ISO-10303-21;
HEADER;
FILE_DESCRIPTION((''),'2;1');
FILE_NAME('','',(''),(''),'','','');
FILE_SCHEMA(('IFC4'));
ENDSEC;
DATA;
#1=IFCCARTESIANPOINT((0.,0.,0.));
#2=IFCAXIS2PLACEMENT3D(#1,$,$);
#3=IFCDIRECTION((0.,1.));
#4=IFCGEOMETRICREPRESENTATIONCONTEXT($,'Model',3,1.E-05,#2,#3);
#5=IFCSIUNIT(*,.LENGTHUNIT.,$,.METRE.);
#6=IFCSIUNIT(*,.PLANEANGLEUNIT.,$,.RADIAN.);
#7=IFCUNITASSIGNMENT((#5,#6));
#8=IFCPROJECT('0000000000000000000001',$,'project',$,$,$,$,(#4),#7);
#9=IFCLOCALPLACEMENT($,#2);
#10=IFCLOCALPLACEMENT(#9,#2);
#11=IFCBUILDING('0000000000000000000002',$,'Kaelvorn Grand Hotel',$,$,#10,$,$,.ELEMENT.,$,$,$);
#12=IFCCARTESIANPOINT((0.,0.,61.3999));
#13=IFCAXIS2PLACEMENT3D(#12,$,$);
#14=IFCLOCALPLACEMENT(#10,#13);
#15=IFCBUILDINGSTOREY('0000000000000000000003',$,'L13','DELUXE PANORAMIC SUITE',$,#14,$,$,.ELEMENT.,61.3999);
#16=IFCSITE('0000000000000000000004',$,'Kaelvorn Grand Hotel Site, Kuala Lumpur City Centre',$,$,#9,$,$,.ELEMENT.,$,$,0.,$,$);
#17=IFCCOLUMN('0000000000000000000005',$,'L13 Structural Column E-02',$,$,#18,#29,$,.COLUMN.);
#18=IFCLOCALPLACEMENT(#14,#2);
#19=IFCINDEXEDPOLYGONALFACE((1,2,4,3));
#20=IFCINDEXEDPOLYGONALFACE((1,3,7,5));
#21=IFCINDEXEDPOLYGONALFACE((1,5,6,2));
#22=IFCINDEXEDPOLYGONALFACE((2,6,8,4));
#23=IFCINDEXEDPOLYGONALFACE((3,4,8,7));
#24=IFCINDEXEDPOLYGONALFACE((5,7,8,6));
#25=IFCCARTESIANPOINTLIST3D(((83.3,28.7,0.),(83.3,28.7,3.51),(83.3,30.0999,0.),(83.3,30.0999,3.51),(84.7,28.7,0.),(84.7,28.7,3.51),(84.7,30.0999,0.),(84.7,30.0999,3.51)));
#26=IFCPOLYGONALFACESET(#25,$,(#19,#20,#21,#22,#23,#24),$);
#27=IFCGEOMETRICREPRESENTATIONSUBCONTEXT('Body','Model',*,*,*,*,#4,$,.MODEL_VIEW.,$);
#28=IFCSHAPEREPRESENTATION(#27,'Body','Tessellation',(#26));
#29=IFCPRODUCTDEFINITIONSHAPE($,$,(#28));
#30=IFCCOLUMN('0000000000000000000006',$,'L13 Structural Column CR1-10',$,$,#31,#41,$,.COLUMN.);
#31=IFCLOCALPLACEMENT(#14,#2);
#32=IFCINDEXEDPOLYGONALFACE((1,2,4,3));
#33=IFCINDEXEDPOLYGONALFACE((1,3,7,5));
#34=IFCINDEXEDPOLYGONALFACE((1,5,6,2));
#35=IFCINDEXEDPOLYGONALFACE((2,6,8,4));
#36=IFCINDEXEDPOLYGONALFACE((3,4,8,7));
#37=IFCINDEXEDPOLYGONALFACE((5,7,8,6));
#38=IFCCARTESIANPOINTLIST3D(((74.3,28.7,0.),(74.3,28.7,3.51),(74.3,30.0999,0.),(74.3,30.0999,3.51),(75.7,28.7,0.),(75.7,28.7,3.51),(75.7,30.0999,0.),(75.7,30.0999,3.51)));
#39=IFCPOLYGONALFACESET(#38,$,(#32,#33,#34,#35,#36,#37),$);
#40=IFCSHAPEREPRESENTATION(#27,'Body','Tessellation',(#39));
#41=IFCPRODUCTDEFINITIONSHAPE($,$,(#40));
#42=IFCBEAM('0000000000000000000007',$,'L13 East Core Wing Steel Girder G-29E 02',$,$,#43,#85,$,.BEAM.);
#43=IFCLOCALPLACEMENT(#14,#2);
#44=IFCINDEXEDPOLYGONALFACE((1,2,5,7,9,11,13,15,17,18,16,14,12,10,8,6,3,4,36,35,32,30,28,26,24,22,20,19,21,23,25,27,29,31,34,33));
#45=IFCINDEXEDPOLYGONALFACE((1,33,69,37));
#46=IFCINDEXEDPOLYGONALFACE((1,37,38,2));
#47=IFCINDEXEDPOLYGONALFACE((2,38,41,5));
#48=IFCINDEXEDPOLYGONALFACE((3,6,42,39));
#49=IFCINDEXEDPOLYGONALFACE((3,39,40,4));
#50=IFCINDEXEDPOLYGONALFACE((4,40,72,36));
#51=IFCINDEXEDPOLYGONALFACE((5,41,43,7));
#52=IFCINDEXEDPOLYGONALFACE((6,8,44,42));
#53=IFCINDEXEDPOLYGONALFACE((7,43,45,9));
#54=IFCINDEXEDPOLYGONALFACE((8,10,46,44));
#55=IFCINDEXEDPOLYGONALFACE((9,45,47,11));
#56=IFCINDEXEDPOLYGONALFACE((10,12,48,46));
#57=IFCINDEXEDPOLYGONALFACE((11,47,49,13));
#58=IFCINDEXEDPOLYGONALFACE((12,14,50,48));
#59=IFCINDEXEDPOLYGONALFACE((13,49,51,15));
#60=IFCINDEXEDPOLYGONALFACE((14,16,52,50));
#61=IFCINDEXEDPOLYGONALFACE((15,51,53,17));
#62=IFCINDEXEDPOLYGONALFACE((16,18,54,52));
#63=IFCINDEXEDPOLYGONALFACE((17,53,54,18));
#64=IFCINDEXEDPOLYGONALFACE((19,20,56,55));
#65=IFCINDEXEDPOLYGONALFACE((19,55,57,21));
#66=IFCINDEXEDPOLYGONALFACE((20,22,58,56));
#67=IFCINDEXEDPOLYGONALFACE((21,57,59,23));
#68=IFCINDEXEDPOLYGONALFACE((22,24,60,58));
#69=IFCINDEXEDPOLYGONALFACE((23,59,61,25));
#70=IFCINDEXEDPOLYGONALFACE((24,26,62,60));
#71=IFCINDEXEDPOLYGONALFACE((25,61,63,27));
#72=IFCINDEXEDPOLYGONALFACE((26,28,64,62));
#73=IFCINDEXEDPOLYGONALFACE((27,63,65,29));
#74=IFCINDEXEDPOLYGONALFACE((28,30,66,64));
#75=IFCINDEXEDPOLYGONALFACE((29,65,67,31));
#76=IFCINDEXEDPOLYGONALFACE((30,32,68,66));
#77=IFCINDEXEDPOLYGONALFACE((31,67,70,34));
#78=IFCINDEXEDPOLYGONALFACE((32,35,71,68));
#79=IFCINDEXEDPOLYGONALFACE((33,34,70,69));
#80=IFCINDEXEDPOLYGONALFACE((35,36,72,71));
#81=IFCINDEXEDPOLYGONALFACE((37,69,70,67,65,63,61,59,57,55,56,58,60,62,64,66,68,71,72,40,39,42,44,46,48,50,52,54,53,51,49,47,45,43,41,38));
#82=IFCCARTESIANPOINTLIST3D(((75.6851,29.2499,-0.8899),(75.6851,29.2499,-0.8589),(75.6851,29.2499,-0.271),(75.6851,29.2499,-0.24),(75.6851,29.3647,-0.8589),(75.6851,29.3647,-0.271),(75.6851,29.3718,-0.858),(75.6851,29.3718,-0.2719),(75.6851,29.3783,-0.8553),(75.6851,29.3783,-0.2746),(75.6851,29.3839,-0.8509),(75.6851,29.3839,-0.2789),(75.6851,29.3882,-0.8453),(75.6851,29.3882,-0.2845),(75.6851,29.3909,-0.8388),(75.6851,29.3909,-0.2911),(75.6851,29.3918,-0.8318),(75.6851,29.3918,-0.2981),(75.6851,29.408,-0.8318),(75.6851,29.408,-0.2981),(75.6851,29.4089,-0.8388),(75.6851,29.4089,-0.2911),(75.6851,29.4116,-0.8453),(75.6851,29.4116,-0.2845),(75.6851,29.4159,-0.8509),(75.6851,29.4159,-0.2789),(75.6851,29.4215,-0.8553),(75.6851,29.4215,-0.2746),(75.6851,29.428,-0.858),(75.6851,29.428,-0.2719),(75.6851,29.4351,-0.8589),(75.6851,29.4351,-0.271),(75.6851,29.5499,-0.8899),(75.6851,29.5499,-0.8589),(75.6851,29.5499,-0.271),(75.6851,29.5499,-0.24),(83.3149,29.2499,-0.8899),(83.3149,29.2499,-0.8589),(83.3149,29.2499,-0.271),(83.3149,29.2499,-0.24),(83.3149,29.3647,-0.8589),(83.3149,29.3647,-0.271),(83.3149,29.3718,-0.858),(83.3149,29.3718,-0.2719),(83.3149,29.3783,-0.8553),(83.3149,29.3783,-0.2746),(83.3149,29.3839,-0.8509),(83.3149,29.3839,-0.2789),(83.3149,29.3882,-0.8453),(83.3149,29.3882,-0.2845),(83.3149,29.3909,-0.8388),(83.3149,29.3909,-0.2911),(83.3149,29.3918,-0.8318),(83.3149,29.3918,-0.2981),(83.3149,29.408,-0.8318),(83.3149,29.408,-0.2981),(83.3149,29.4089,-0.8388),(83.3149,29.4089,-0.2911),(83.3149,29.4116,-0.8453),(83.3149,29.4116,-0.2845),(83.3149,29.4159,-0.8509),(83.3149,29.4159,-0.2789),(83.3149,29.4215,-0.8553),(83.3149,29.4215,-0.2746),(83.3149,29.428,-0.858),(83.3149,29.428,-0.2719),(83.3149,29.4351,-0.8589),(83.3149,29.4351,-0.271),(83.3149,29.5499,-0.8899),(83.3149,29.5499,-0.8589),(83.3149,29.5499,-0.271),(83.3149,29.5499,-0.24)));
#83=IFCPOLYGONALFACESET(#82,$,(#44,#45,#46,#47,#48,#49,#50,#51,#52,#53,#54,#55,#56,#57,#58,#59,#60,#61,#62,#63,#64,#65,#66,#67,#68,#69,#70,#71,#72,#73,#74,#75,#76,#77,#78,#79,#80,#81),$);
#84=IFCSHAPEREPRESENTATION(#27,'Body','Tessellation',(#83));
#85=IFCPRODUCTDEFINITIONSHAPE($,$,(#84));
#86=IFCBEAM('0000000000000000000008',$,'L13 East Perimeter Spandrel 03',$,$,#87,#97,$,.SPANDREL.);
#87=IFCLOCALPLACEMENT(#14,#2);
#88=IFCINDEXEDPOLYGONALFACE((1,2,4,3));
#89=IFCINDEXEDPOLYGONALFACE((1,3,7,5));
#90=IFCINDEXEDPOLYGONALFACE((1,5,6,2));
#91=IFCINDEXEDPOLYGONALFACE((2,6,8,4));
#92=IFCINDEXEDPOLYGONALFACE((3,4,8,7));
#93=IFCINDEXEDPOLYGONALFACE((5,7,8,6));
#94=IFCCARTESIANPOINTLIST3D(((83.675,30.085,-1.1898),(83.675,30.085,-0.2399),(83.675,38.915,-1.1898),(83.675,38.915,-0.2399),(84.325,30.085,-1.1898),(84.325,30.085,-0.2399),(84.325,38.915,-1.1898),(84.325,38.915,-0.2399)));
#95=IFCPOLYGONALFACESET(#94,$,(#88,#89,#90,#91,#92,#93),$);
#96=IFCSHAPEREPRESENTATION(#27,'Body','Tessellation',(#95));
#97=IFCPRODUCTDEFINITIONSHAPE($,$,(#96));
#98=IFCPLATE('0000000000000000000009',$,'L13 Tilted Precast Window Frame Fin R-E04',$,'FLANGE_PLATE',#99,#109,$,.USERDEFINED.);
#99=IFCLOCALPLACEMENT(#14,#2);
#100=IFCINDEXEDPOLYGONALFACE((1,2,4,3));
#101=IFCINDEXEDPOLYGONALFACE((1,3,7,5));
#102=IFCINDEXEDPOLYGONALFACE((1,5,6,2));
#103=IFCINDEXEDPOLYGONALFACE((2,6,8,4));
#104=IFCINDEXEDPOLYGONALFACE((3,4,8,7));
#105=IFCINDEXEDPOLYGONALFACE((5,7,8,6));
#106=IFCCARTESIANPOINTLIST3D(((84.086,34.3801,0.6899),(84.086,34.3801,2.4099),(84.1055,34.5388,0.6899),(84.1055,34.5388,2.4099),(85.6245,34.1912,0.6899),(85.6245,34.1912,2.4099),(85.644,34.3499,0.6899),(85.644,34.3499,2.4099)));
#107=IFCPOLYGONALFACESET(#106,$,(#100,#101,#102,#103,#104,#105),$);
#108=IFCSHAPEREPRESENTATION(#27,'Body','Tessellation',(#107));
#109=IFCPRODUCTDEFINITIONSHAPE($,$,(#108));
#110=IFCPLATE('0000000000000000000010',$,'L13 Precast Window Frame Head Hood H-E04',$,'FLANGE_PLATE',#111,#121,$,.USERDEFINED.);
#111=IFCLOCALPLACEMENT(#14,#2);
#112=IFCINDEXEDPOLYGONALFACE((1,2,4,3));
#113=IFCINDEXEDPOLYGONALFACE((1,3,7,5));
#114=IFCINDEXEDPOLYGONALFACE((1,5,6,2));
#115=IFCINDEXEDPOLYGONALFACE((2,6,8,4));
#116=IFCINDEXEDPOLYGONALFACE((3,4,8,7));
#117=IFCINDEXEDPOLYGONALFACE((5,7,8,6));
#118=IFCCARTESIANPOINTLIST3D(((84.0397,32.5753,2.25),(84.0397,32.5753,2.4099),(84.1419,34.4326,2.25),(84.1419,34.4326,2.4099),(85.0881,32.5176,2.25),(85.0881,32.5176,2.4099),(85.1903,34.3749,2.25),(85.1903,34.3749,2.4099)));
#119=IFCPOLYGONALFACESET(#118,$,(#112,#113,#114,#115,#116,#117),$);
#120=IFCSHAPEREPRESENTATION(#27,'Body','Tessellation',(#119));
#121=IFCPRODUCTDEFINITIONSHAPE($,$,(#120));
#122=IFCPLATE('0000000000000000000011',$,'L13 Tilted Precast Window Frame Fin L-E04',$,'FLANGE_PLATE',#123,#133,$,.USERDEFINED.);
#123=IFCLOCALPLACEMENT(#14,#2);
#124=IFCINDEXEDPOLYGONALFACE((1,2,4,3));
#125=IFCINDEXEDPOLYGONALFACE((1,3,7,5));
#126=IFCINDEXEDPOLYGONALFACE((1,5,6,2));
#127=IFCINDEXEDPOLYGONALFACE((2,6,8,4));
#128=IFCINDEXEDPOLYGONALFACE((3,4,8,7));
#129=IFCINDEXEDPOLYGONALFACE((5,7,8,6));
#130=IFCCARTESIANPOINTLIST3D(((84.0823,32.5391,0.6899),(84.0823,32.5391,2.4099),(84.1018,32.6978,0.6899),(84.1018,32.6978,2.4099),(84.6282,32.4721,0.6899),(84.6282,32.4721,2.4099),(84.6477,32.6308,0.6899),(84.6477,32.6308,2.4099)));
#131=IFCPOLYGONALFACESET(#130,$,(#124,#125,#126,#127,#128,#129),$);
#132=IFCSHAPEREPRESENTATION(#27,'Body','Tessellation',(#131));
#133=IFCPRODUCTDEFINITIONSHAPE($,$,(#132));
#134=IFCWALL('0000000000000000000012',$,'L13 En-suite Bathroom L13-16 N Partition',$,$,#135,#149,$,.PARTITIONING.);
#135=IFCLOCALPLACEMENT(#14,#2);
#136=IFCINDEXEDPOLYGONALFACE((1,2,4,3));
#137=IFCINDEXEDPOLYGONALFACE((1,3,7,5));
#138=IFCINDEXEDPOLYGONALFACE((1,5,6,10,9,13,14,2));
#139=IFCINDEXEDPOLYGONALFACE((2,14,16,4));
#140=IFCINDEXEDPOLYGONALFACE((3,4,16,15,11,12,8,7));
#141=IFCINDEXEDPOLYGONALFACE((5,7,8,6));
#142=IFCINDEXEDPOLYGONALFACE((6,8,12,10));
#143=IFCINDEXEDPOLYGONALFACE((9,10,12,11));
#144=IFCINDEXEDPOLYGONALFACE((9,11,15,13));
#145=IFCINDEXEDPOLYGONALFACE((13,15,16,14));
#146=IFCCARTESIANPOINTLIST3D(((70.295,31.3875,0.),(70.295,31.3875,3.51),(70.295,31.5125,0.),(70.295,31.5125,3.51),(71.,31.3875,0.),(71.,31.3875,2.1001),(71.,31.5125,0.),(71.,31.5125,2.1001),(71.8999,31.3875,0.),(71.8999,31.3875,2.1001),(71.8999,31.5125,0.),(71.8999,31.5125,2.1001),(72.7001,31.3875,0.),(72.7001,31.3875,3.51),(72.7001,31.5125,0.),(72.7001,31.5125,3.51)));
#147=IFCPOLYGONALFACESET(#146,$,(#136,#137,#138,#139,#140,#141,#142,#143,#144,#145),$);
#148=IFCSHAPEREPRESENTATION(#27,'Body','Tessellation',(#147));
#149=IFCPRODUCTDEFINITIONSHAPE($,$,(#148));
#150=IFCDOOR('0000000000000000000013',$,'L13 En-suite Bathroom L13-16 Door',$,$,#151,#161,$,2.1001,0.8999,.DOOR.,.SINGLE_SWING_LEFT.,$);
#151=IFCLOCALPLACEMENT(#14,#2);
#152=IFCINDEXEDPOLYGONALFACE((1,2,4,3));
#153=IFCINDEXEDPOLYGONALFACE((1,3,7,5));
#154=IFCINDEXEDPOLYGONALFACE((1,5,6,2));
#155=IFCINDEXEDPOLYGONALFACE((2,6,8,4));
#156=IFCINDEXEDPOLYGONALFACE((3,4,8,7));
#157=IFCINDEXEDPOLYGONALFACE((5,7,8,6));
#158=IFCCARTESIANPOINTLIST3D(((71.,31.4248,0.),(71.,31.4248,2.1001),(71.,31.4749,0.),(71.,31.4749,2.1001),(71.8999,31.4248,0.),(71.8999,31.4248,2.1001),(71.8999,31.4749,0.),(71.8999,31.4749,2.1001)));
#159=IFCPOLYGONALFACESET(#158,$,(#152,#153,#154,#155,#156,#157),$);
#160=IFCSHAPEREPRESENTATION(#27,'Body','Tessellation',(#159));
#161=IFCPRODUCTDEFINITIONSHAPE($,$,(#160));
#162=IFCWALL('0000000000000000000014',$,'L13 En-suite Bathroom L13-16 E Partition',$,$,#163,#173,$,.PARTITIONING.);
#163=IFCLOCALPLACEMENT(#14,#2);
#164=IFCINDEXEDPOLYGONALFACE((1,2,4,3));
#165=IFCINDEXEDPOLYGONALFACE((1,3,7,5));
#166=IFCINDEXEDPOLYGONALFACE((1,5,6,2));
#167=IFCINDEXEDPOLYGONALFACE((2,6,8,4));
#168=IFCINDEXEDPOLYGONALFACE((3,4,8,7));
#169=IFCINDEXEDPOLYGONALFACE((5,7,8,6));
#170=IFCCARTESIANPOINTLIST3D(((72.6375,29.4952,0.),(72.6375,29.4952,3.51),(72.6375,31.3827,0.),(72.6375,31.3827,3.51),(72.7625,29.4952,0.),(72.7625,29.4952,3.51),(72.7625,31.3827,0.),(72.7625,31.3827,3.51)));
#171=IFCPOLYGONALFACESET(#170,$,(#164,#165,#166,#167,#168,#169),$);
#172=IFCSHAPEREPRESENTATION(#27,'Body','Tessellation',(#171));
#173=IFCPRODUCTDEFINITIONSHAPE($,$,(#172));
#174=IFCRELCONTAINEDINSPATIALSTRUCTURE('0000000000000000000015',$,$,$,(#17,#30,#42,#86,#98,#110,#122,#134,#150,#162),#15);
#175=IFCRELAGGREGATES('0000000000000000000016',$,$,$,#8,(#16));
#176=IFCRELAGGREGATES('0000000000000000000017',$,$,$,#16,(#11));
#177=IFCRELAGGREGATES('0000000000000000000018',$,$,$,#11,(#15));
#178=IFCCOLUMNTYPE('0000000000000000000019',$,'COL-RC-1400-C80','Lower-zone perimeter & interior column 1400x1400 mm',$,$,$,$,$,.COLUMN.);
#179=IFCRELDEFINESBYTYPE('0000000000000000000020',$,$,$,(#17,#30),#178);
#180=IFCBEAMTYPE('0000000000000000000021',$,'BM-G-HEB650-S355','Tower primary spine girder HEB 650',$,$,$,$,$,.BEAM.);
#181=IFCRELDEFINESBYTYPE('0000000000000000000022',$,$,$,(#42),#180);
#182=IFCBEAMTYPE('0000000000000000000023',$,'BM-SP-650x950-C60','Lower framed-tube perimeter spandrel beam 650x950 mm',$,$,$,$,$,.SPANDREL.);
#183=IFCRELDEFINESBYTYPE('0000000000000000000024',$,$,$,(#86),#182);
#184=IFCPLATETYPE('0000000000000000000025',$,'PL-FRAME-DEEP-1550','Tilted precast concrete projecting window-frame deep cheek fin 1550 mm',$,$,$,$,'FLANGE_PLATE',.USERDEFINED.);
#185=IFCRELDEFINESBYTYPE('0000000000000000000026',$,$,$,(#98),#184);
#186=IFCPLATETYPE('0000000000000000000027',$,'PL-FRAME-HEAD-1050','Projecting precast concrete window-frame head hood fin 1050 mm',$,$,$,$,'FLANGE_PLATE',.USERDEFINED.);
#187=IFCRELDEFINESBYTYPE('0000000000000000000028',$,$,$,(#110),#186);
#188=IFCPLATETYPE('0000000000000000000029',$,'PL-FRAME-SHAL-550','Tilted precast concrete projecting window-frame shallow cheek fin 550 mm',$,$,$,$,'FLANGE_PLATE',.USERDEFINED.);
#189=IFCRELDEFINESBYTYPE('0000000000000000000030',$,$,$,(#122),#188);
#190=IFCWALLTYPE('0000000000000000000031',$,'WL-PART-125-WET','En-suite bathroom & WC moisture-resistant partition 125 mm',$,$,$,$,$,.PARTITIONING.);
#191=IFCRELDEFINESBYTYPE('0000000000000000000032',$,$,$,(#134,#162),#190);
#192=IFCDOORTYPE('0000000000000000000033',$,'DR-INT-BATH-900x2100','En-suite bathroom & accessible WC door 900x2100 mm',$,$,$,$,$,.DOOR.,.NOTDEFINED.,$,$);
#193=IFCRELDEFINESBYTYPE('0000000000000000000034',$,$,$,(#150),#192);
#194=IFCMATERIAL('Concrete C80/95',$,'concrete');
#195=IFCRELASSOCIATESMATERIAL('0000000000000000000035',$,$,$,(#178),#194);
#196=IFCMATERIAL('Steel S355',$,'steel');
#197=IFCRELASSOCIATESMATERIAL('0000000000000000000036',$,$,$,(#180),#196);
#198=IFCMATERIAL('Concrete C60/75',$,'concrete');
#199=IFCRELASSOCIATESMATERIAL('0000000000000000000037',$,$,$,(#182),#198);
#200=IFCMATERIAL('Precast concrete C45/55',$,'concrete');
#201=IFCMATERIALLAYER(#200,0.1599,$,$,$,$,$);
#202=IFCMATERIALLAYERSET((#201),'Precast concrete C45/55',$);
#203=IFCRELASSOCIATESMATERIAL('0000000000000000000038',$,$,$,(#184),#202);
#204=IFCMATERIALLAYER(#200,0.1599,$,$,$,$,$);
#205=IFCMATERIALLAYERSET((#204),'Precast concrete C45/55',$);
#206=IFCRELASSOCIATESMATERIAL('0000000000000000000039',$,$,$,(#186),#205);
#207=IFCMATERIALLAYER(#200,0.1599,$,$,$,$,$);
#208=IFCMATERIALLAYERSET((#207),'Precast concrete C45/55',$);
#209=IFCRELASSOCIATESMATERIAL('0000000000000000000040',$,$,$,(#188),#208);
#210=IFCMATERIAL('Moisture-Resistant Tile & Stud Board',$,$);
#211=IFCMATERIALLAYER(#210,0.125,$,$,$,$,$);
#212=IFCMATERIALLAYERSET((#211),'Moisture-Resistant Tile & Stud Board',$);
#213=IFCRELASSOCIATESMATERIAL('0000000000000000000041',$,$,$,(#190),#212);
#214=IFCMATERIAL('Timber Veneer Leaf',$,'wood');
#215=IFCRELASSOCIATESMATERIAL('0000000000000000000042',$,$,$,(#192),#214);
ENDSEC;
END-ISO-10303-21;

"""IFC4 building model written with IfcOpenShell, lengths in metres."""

from ifc_helpers import new_model, si_unit, direction, frame, frame_2d, origin, origin_2d, place, context, subcontext, project, spatial, rectangle, i_section, extrude, material, layer, layer_set, material_profile, profile_set, type_object, element, fill, save


model = new_model("IFC4")

# Units and contexts
model_context = context("Model", 3, precision=1e-05, world=origin(), true_north=direction((0.0, 1.0)))
body_context = subcontext(model_context, "Body", "Model", "MODEL_VIEW")
ifc_project = project(units=[si_unit("LENGTHUNIT", "METRE"), si_unit("PLANEANGLEUNIT", "RADIAN")], contexts=[model_context])

# Site, building, storey
site_placement = place(None, origin())
site = spatial("IfcSite", under=ifc_project, at=site_placement, Name="Kaelvorn Grand Hotel Site, Kuala Lumpur City Centre", CompositionType="ELEMENT", RefElevation=0.0)
building_placement = place(site_placement, origin())
building = spatial("IfcBuilding", under=site, at=building_placement, Name="Kaelvorn Grand Hotel", CompositionType="ELEMENT")
storey_placement = place(building_placement, frame((0.0, 0.0, 61.3999)))
storey = spatial("IfcBuildingStorey", under=building, at=storey_placement, Name="L13", Description="DELUXE PANORAMIC SUITE", CompositionType="ELEMENT", Elevation=61.3999)

# Columns
ifc_material_1 = material(Name="Concrete C80/95", Category="concrete")
ifc_material_profile_1 = material_profile(ifc_material_1, rectangle(XDim=1.3999, YDim=1.3999, at=origin_2d()), Name="RC COL 1400x1400")
ifc_profile_set_1 = profile_set([ifc_material_profile_1], Name="Concrete C80/95")
column_type = type_object("IfcColumnType", Name="COL-RC-1400-C80", Description="Lower-zone perimeter & interior column 1400x1400 mm", PredefinedType="COLUMN", material=ifc_profile_set_1)
for number, where, z_axis, x_axis, name in (
    (1, (84.0, 29.3999, 0.0), (0.0, 0.0, 1.0), (1.0, 0.0, 0.0), "L13 Structural Column E-02"),
    (2, (75.0, 29.3999, 0.0), (0.0, 0.0, 1.0), (1.0, 0.0, 0.0), "L13 Structural Column CR1-10"),
):
    element("IfcColumn", number, at=place(storey_placement, frame(where, z_axis=z_axis, x_axis=x_axis)), inside=storey, type_object=column_type, Name=name, PredefinedType="COLUMN", context=body_context, shape_type="SweptSolid", body=[
        extrude(rectangle(XDim=1.3999, YDim=1.3999, at=origin_2d()), origin(), (0.0, 0.0, 1.0), 3.51),
    ])

# Beams
ifc_material_2 = material(Name="Steel S355", Category="steel")
ifc_material_profile_2 = material_profile(ifc_material_2, i_section(OverallWidth=0.3, OverallDepth=0.6499, WebThickness=0.0161, FlangeThickness=0.031, FilletRadius=0.0271, at=origin_2d()), Name="HEB 650")
ifc_profile_set_2 = profile_set([ifc_material_profile_2], Name="Steel S355")
beam_type_1 = type_object("IfcBeamType", Name="BM-G-HEB650-S355", Description="Tower primary spine girder HEB 650", PredefinedType="BEAM", material=ifc_profile_set_2)
beam_1_placement = place(storey_placement, frame((75.6851, 29.3999, -0.5649), z_axis=(1.0, 0.0, 0.0), x_axis=(0.0, 1.0, 0.0)))
element("IfcBeam", 3, at=beam_1_placement, inside=storey, type_object=beam_type_1, Name="L13 East Core Wing Steel Girder G-29E 02", PredefinedType="BEAM", context=body_context, shape_type="SweptSolid", body=[
    extrude(i_section(OverallWidth=0.3, OverallDepth=0.6499, WebThickness=0.0161, FlangeThickness=0.031, FilletRadius=0.0271, at=origin_2d()), origin(), (0.0, 0.0, 1.0), 7.6299),
])
ifc_material_3 = material(Name="Concrete C60/75", Category="concrete")
ifc_material_profile_3 = material_profile(ifc_material_3, rectangle(XDim=0.6499, YDim=0.95, at=origin_2d()), Name="RC SPANDREL 650x950")
ifc_profile_set_3 = profile_set([ifc_material_profile_3], Name="Concrete C60/75")
beam_type_2 = type_object("IfcBeamType", Name="BM-SP-650x950-C60", Description="Lower framed-tube perimeter spandrel beam 650x950 mm", PredefinedType="SPANDREL", material=ifc_profile_set_3)
beam_2_placement = place(storey_placement, frame((84.0, 30.085, -0.7148), z_axis=(0.0, 1.0, 0.0), x_axis=(-1.0, 0.0, 0.0)))
element("IfcBeam", 4, at=beam_2_placement, inside=storey, type_object=beam_type_2, Name="L13 East Perimeter Spandrel 03", PredefinedType="SPANDREL", context=body_context, shape_type="SweptSolid", body=[
    extrude(rectangle(XDim=0.6499, YDim=0.95, at=origin_2d()), origin(), (0.0, 0.0, 1.0), 8.8301),
])

# Plates
ifc_material_4 = material(Name="Precast concrete C45/55", Category="concrete")
ifc_layer_1 = layer(ifc_material_4, 0.1599)
ifc_layer_set_1 = layer_set([ifc_layer_1], Name="Precast concrete C45/55")
plate_type_1 = type_object("IfcPlateType", Name="PL-FRAME-DEEP-1550", Description="Tilted precast concrete projecting window-frame deep cheek fin 1550 mm", ElementType="FLANGE_PLATE", PredefinedType="USERDEFINED", material=ifc_layer_set_1)
plate_1_placement = place(storey_placement, frame((84.865, 34.365, 0.6899), z_axis=(0.0, 0.0, 1.0), x_axis=(0.121869, 0.992546, 0.0)))
element("IfcPlate", 5, at=plate_1_placement, inside=storey, type_object=plate_type_1, Name="L13 Tilted Precast Window Frame Fin R-E04", ObjectType="FLANGE_PLATE", PredefinedType="USERDEFINED", context=body_context, shape_type="SweptSolid", body=[
    extrude(rectangle(XDim=0.1599, YDim=1.55, at=origin_2d()), origin(), (0.0, 0.0, 1.0), 1.72),
])
ifc_layer_2 = layer(ifc_material_4, 0.1599)
ifc_layer_set_2 = layer_set([ifc_layer_2], Name="Precast concrete C45/55")
plate_type_2 = type_object("IfcPlateType", Name="PL-FRAME-HEAD-1050", Description="Projecting precast concrete window-frame head hood fin 1050 mm", ElementType="FLANGE_PLATE", PredefinedType="USERDEFINED", material=ifc_layer_set_2)
plate_2_placement = place(storey_placement, frame((84.615, 33.4751, 2.25), z_axis=(0.0, 0.0, 1.0), x_axis=(0.05495, 0.998489, 0.0)))
element("IfcPlate", 6, at=plate_2_placement, inside=storey, type_object=plate_type_2, Name="L13 Precast Window Frame Head Hood H-E04", ObjectType="FLANGE_PLATE", PredefinedType="USERDEFINED", context=body_context, shape_type="SweptSolid", body=[
    extrude(rectangle(XDim=1.8601, YDim=1.05, at=origin_2d()), origin(), (0.0, 0.0, 1.0), 0.1599),
])
ifc_layer_3 = layer(ifc_material_4, 0.1599)
ifc_layer_set_3 = layer_set([ifc_layer_3], Name="Precast concrete C45/55")
plate_type_3 = type_object("IfcPlateType", Name="PL-FRAME-SHAL-550", Description="Tilted precast concrete projecting window-frame shallow cheek fin 550 mm", ElementType="FLANGE_PLATE", PredefinedType="USERDEFINED", material=ifc_layer_set_3)
plate_3_placement = place(storey_placement, frame((84.365, 32.585, 0.6899), z_axis=(0.0, 0.0, 1.0), x_axis=(0.121869, 0.992546, 0.0)))
element("IfcPlate", 7, at=plate_3_placement, inside=storey, type_object=plate_type_3, Name="L13 Tilted Precast Window Frame Fin L-E04", ObjectType="FLANGE_PLATE", PredefinedType="USERDEFINED", context=body_context, shape_type="SweptSolid", body=[
    extrude(rectangle(XDim=0.1599, YDim=0.55, at=origin_2d()), origin(), (0.0, 0.0, 1.0), 1.72),
])

# Wall, opening, door
ifc_material_5 = material(Name="Moisture-Resistant Tile & Stud Board")
ifc_layer_4 = layer(ifc_material_5, 0.125)
ifc_layer_set_4 = layer_set([ifc_layer_4], Name="Moisture-Resistant Tile & Stud Board")
wall_type_1 = type_object("IfcWallType", Name="WL-PART-125-WET", Description="En-suite bathroom & WC moisture-resistant partition 125 mm", PredefinedType="PARTITIONING", material=ifc_layer_set_4)
wall_1_placement = place(storey_placement, frame((70.2949, 31.45, 0.0), z_axis=(0.0, 0.0, 1.0), x_axis=(1.0, 0.0, 0.0)))
wall_1 = element("IfcWall", 8, at=wall_1_placement, inside=storey, type_object=wall_type_1, Name="L13 En-suite Bathroom L13-16 N Partition", PredefinedType="PARTITIONING", context=body_context, shape_type="SweptSolid", body=[
    extrude(rectangle(XDim=2.405, YDim=0.125, at=frame_2d((1.2026, 0.0))), origin(), (0.0, 0.0, 1.0), 3.51),
])
opening_1_placement = place(wall_1_placement, frame((0.7051, 0.0, 0.0)))
opening_1 = element("IfcOpeningElement", 9, at=opening_1_placement, cuts=wall_1, PredefinedType="OPENING", context=body_context, shape_type="SweptSolid", body=[
    extrude(rectangle(XDim=0.8999, YDim=2.1001, at=frame_2d((0.45, 1.05))), frame((0.0, 0.0725, 0.0), z_axis=(0.0, -1.0, 0.0), x_axis=(1.0, 0.0, 0.0)), (0.0, 0.0, 1.0), 0.145),
])
ifc_material_6 = material(Name="Timber Veneer Leaf", Category="wood")
door_type_1 = type_object("IfcDoorType", Name="DR-INT-BATH-900x2100", Description="En-suite bathroom & accessible WC door 900x2100 mm", OperationType="NOTDEFINED", PredefinedType="DOOR", material=ifc_material_6)
door_1_placement = place(opening_1_placement, origin())
door_1 = element("IfcDoor", 10, at=door_1_placement, inside=storey, type_object=door_type_1, Name="L13 En-suite Bathroom L13-16 Door", OperationType="SINGLE_SWING_LEFT", OverallHeight=2.1001, OverallWidth=0.8999, PredefinedType="DOOR", context=body_context, shape_type="SweptSolid", body=[
    extrude(rectangle(XDim=0.8999, YDim=2.1001, at=frame_2d((0.45, 1.05))), frame((0.0, 0.0249, 0.0), z_axis=(0.0, -1.0, 0.0), x_axis=(1.0, 0.0, 0.0)), (0.0, 0.0, 1.0), 0.05),
])
fill(opening_1, door_1)

# Wall
wall_2_placement = place(storey_placement, frame((72.7, 29.4951, 0.0), z_axis=(0.0, 0.0, 1.0), x_axis=(0.0, 1.0, 0.0)))
element("IfcWall", 11, at=wall_2_placement, inside=storey, type_object=wall_type_1, Name="L13 En-suite Bathroom L13-16 E Partition", PredefinedType="PARTITIONING", context=body_context, shape_type="SweptSolid", body=[
    extrude(rectangle(XDim=1.8875, YDim=0.125, at=frame_2d((0.9438, 0.0))), origin(), (0.0, 0.0, 1.0), 3.51),
])

save(model, "model.ifc")
